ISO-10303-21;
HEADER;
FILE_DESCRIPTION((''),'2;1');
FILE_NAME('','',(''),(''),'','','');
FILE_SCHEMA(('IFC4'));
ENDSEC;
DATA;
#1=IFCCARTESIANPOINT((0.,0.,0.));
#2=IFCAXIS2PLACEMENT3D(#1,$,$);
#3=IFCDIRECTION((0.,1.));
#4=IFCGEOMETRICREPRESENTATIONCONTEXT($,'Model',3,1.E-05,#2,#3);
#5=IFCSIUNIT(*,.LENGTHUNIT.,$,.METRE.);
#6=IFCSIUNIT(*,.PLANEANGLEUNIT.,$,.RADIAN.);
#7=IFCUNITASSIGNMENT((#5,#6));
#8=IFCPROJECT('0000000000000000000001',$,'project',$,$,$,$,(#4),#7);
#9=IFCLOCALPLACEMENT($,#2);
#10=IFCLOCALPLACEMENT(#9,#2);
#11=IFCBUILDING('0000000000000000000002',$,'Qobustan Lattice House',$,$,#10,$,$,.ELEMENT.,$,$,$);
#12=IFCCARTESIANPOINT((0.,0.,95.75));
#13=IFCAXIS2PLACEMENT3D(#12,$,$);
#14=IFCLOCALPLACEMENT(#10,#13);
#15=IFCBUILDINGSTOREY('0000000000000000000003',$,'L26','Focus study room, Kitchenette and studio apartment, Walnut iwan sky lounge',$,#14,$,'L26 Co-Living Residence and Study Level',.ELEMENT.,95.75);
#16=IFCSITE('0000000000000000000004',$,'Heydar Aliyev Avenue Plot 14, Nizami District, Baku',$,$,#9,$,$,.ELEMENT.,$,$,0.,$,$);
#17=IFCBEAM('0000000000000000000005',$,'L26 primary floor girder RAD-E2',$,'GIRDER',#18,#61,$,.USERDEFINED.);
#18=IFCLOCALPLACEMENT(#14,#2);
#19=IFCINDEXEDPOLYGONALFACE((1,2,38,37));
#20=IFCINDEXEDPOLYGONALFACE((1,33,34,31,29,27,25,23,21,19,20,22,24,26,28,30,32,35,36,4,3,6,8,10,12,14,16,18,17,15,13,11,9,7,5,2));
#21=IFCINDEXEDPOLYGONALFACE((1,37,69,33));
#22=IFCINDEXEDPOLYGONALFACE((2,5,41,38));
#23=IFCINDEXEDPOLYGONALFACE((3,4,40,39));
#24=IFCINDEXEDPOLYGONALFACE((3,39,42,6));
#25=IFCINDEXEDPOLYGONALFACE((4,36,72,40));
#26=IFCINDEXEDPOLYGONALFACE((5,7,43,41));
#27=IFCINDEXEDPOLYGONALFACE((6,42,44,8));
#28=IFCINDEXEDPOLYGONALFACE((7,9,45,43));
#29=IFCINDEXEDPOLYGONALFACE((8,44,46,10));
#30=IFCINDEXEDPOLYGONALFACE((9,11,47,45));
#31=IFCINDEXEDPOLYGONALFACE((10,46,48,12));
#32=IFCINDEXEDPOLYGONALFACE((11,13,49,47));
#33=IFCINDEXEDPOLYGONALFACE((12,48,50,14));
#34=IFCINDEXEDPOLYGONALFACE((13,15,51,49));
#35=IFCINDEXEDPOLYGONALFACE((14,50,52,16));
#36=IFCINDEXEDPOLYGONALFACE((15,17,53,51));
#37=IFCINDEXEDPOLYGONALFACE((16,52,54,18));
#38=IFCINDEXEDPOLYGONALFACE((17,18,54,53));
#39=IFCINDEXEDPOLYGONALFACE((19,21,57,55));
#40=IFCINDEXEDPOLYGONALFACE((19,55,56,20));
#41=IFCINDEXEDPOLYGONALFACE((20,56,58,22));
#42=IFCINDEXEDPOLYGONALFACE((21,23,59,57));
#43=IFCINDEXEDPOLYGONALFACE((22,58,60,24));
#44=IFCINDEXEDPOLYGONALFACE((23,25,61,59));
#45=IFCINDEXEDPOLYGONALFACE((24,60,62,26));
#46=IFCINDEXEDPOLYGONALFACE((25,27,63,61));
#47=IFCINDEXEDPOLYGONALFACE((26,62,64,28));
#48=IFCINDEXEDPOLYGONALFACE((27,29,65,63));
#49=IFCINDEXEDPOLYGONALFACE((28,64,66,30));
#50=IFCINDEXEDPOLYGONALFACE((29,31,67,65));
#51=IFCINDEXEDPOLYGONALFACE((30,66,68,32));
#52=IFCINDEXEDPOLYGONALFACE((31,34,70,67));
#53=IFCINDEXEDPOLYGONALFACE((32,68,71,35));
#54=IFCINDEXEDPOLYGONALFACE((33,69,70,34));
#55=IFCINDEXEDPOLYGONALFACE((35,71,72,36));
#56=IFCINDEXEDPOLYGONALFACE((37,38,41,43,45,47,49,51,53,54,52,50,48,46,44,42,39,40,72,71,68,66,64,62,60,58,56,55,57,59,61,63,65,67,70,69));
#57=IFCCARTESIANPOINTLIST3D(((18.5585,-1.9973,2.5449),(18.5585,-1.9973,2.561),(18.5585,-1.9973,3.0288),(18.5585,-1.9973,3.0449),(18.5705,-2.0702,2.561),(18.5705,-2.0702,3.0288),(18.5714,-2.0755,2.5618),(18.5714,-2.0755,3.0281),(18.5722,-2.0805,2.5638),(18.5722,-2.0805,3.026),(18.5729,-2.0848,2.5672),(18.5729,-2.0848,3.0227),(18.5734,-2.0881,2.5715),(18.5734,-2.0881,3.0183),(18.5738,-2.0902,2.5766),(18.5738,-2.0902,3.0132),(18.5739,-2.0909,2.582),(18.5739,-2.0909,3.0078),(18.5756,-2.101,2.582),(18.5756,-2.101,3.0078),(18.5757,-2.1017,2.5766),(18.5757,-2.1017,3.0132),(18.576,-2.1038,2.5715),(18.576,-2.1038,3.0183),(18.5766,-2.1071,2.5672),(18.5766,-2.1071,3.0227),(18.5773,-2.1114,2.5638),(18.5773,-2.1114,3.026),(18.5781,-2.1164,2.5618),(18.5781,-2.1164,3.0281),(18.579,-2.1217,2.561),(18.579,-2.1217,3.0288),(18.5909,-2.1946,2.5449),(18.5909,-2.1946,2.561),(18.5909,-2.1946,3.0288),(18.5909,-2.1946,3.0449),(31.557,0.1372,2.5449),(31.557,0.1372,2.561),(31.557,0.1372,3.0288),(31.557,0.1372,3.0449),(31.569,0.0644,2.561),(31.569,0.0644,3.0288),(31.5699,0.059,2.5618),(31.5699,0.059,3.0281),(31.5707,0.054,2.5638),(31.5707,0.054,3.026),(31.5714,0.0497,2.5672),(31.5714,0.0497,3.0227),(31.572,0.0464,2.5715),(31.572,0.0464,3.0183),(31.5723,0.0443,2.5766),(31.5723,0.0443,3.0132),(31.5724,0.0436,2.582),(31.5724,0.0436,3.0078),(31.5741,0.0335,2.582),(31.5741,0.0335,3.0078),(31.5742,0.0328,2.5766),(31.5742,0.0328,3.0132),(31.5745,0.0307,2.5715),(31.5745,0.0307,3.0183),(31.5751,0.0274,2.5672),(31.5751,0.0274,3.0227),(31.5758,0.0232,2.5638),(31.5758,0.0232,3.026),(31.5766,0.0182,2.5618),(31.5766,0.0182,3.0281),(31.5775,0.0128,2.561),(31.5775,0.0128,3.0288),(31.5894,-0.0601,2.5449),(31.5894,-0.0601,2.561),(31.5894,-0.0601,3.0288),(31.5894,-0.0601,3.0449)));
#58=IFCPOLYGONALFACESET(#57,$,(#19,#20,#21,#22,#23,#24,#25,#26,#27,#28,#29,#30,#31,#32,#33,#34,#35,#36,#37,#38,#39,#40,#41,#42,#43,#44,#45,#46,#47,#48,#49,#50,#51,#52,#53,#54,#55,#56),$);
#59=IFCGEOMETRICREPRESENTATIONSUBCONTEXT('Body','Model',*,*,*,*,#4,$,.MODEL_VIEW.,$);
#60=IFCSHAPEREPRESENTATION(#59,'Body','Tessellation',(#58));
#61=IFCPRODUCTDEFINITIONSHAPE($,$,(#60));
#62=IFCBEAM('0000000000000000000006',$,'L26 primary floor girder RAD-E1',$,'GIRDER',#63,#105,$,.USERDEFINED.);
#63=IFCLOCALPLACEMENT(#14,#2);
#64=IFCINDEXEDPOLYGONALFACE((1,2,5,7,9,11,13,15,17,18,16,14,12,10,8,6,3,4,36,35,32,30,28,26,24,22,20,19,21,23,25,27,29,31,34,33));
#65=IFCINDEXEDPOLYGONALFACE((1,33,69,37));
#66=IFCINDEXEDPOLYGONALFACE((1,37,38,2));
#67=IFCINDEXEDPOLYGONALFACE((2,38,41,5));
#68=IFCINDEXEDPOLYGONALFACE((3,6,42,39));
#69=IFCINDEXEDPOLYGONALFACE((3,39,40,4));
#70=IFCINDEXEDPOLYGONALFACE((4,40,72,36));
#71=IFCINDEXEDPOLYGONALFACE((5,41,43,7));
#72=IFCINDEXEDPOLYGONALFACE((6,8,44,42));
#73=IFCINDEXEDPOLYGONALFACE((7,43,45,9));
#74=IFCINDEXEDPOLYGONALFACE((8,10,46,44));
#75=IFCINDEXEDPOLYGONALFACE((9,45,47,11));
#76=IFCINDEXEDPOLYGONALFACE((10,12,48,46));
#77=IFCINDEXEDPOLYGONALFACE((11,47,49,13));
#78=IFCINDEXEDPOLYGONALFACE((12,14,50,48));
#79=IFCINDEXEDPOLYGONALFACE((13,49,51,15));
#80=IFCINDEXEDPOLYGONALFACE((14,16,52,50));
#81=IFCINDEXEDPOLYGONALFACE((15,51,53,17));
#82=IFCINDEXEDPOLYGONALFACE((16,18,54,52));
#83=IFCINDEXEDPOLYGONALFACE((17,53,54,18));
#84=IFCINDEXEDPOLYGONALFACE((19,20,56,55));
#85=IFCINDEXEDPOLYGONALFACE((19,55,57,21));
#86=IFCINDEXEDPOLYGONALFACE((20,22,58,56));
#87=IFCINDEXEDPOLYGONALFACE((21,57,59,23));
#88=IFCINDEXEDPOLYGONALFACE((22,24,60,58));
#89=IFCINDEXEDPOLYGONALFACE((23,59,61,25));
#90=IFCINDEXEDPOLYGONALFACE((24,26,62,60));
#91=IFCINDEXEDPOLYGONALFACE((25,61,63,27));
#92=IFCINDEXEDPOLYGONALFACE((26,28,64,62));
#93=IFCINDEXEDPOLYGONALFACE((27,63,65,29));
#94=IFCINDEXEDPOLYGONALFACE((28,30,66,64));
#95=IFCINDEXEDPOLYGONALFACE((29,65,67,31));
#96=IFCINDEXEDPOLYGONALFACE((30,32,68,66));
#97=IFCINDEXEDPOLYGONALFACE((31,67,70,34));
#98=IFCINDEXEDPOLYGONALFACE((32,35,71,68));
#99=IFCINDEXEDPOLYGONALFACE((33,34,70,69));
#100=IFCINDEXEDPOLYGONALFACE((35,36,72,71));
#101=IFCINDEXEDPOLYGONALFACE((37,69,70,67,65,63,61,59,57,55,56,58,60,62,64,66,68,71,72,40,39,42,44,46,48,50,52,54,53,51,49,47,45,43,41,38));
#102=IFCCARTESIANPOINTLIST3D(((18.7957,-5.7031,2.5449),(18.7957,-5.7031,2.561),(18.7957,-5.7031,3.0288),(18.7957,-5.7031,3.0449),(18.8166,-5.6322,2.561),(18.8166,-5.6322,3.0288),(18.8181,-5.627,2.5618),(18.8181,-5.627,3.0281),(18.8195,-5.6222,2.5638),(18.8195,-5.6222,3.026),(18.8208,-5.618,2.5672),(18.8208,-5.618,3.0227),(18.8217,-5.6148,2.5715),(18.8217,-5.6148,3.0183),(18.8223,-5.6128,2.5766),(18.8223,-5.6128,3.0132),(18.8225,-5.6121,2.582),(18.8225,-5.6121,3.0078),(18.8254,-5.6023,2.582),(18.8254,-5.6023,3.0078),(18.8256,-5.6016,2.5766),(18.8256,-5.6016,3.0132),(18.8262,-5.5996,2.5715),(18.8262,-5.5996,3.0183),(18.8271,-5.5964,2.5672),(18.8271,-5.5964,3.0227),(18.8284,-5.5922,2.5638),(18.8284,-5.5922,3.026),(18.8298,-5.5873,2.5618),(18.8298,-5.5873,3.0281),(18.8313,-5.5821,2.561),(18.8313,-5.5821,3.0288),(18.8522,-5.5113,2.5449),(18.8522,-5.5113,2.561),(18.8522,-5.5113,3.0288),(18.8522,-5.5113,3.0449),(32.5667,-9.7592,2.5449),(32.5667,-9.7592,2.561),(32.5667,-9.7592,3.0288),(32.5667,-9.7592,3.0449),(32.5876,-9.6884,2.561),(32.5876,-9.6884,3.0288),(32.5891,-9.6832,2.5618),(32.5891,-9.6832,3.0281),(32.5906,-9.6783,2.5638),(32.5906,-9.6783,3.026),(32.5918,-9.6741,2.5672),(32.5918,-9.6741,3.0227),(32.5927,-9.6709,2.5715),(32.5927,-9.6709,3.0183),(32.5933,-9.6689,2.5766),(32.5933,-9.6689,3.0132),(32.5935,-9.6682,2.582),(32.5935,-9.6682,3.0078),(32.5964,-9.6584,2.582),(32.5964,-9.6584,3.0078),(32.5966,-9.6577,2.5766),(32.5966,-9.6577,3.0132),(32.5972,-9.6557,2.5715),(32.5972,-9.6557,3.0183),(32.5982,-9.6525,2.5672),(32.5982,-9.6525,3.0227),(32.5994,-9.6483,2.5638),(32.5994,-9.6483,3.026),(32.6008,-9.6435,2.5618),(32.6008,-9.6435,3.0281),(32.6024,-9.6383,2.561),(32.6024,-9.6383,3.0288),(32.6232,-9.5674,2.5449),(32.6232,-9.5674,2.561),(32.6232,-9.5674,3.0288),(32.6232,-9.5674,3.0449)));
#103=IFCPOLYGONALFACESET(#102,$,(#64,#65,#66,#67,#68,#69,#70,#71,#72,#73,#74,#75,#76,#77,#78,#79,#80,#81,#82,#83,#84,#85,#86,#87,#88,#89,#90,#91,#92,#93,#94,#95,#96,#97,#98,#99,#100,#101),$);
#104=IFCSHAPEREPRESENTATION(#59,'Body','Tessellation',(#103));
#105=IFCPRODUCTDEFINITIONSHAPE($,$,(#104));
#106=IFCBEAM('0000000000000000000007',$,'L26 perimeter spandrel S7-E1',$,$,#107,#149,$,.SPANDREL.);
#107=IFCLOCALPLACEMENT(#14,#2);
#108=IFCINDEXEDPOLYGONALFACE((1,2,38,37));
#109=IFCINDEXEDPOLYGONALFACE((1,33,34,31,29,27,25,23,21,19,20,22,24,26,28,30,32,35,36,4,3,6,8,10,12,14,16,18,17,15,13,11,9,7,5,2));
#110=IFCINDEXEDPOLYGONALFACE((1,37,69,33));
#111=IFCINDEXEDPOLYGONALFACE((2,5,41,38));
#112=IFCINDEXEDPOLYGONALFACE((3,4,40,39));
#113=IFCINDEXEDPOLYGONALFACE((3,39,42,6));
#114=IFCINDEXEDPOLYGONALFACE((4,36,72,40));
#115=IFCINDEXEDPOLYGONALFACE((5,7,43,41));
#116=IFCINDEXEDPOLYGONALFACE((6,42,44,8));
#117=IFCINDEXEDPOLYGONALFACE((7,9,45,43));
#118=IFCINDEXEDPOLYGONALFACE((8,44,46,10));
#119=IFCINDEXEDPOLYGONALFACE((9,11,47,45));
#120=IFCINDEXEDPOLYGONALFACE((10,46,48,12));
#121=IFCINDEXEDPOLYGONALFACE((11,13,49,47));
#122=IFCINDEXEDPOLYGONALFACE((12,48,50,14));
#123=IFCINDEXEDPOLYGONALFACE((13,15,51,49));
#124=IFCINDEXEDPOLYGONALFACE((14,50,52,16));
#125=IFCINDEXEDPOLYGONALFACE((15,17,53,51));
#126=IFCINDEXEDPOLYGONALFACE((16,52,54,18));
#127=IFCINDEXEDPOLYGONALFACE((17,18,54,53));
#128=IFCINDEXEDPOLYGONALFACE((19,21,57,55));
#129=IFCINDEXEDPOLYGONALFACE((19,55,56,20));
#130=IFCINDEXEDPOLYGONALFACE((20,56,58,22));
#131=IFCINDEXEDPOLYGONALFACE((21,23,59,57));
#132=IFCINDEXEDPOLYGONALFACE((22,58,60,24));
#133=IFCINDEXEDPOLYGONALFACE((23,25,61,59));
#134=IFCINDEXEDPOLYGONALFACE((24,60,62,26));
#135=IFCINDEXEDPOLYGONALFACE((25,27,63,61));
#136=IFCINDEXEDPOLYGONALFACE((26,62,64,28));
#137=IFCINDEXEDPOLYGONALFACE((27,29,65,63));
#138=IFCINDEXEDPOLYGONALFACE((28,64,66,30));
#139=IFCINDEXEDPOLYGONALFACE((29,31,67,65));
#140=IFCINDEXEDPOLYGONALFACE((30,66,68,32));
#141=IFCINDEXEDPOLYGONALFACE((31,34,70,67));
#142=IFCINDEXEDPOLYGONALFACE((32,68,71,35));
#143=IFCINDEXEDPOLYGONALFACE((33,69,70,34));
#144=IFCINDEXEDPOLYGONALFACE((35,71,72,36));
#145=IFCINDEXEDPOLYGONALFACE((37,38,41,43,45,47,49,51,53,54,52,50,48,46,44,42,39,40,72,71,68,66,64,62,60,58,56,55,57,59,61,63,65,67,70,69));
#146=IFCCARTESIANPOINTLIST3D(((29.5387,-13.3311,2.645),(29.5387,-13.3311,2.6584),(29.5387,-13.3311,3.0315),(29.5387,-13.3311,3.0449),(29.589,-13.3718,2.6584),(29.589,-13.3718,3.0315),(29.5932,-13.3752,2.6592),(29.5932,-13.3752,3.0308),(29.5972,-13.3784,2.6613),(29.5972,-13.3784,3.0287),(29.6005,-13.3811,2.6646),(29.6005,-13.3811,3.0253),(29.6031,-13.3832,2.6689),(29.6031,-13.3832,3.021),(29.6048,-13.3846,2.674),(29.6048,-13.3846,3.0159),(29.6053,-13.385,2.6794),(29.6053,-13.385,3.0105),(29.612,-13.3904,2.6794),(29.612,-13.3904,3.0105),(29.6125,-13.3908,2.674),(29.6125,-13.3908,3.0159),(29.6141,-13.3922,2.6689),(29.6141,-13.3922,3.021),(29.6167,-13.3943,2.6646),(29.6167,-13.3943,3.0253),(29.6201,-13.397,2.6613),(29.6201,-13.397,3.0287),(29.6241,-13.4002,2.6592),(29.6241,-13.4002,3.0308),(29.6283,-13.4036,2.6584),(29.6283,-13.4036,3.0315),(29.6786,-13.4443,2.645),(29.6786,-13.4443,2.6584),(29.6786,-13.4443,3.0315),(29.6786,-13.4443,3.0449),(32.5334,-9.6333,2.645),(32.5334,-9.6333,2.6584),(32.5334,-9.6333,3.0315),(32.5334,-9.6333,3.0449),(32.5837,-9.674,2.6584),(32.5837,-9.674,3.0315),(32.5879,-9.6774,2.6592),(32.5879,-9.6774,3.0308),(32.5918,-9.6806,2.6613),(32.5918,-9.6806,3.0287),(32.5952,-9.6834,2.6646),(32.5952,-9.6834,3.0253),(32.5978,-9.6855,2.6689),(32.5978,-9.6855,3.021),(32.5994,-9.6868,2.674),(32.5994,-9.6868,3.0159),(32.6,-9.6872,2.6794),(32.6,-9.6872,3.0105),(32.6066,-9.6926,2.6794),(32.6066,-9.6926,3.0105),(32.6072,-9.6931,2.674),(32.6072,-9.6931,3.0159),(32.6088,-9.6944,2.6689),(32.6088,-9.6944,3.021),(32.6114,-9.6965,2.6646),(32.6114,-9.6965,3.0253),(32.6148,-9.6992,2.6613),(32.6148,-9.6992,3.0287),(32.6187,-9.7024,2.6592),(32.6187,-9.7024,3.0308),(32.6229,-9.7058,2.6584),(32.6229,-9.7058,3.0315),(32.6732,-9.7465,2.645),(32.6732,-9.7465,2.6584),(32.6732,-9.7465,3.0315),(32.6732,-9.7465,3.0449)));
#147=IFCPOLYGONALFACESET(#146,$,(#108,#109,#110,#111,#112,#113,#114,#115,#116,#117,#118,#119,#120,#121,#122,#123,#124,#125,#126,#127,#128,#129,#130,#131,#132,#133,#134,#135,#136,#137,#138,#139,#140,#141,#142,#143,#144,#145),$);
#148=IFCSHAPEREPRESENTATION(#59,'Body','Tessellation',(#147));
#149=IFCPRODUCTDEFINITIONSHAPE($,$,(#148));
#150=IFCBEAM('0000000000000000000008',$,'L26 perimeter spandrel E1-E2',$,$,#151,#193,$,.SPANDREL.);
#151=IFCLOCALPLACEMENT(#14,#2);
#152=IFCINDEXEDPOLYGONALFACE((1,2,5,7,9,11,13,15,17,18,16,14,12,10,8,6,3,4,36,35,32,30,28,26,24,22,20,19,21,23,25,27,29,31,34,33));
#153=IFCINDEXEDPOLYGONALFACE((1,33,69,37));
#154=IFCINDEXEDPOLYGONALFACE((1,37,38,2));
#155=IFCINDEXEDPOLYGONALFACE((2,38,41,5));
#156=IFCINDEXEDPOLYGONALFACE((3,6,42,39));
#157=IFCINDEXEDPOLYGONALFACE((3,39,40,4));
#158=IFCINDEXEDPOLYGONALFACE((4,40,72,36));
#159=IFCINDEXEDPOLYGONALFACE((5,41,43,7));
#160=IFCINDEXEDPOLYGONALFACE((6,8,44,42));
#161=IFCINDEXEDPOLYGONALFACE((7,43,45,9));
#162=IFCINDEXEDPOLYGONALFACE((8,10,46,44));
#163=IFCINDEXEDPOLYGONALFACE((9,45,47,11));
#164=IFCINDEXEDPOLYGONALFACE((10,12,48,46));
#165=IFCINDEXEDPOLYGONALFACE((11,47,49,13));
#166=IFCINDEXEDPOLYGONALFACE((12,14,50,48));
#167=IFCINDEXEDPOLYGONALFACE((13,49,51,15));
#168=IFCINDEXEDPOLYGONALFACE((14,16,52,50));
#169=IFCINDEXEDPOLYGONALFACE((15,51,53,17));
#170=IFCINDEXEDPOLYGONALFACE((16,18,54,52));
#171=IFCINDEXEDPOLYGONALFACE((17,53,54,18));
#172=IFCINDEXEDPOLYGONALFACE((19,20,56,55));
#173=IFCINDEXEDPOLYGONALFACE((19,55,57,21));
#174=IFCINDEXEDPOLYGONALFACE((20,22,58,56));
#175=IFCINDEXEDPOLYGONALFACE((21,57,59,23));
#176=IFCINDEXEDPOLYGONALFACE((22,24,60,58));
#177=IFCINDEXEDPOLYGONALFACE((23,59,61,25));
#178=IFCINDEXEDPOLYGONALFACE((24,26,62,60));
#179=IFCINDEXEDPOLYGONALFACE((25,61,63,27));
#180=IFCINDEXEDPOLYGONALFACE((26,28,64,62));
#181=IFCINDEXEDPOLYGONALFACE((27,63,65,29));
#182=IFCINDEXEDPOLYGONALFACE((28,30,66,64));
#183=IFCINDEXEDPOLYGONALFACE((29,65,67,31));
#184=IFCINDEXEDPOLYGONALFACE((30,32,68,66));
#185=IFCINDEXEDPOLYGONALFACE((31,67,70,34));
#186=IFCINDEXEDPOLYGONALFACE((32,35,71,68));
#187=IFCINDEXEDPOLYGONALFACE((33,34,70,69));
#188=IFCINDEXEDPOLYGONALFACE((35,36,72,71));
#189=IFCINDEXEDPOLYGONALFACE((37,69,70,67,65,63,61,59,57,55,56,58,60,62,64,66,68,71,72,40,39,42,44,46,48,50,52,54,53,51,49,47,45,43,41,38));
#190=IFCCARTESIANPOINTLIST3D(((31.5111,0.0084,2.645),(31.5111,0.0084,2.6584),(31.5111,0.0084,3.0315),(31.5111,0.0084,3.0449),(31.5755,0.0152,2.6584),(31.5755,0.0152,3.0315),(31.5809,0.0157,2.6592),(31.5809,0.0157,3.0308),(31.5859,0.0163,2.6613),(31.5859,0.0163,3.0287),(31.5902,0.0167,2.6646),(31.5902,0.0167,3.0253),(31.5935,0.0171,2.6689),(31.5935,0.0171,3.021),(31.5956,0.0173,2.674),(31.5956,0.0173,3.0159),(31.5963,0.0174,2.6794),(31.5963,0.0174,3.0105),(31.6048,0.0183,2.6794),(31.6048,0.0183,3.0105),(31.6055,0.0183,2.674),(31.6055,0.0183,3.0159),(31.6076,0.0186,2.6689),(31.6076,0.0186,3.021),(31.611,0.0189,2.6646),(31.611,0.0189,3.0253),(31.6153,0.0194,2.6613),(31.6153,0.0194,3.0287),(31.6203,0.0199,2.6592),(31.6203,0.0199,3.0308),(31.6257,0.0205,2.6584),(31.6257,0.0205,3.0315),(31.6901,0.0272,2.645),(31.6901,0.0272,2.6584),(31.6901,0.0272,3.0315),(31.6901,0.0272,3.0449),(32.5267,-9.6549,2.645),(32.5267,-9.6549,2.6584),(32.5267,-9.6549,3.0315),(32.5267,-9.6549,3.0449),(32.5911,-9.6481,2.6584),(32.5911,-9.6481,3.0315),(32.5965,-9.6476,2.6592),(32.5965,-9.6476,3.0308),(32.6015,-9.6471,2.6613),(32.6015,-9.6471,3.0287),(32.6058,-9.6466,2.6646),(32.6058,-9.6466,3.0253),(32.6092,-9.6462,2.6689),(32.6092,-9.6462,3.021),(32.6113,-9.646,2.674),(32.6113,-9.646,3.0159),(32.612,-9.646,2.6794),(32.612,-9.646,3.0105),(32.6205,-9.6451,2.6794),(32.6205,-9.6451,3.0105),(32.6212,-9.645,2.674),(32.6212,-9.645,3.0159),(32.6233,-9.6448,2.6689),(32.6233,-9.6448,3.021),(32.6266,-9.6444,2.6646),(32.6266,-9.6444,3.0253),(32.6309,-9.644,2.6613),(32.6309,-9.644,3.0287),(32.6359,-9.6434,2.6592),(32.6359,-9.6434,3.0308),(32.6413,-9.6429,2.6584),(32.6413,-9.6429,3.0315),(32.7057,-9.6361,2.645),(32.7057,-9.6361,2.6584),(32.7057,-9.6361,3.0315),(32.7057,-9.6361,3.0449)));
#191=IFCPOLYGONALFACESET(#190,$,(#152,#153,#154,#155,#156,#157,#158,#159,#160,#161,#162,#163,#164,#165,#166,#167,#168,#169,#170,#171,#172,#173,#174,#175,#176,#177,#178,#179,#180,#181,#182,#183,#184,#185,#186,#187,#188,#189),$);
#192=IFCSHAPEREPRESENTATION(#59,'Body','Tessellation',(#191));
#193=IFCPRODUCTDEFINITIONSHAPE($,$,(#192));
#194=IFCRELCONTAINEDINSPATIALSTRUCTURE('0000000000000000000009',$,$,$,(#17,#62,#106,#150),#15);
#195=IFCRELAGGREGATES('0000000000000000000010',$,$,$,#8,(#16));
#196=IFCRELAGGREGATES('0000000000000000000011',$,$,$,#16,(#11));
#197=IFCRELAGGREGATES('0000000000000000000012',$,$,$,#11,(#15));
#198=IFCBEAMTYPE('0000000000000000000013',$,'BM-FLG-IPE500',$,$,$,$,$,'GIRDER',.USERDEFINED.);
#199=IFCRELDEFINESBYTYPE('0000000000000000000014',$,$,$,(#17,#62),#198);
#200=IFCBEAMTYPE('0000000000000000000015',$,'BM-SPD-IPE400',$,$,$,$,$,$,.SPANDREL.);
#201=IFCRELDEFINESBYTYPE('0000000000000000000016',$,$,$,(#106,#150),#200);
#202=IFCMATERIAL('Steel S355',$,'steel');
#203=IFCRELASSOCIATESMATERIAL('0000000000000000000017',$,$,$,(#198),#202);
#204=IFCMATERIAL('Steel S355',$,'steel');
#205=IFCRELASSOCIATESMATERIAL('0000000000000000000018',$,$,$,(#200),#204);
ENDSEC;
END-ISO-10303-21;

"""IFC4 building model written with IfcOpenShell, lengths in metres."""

from ifc_helpers import new_model, si_unit, direction, frame, origin, origin_2d, place, context, subcontext, project, spatial, i_section, extrude, material, material_profile, profile_set, type_object, element, save


model = new_model("IFC4")

# Units and contexts
model_context = context("Model", 3, precision=1e-05, world=origin(), true_north=direction((0.0, 1.0)))
body_context = subcontext(model_context, "Body", "Model", "MODEL_VIEW")
ifc_project = project(units=[si_unit("LENGTHUNIT", "METRE"), si_unit("PLANEANGLEUNIT", "RADIAN")], contexts=[model_context])

# Site, building, storey
site_placement = place(None, origin())
site = spatial("IfcSite", under=ifc_project, at=site_placement, Name="Heydar Aliyev Avenue Plot 14, Nizami District, Baku", CompositionType="ELEMENT", RefElevation=0.0)
building_placement = place(site_placement, origin())
building = spatial("IfcBuilding", under=site, at=building_placement, Name="Qobustan Lattice House", CompositionType="ELEMENT")
storey_placement = place(building_placement, frame((0.0, 0.0, 95.75)))
storey = spatial("IfcBuildingStorey", under=building, at=storey_placement, Name="L26", Description="Focus study room, Kitchenette and studio apartment, Walnut iwan sky lounge", LongName="L26 Co-Living Residence and Study Level", CompositionType="ELEMENT", Elevation=95.75)

# Beams
ifc_material_1 = material(Name="Steel S355", Category="steel")
ifc_material_profile_1 = material_profile(ifc_material_1, i_section(OverallWidth=0.2, OverallDepth=0.5, WebThickness=0.0103, FlangeThickness=0.0161, FilletRadius=0.021, at=origin_2d()), Name="IPE500")
ifc_profile_set_1 = profile_set([ifc_material_profile_1], Name="Steel S355")
beam_type_1 = type_object("IfcBeamType", Name="BM-FLG-IPE500", ElementType="GIRDER", PredefinedType="USERDEFINED", material=ifc_profile_set_1)
beam_1_placement = place(storey_placement, frame((31.5732, 0.0386, 2.7949), z_axis=(-0.986784, -0.162042, 0.0), x_axis=(0.162042, -0.986784, 0.0)))
element("IfcBeam", 1, at=beam_1_placement, inside=storey, type_object=beam_type_1, Name="L26 primary floor girder RAD-E2", ObjectType="GIRDER", PredefinedType="USERDEFINED", context=body_context, shape_type="SweptSolid", body=[
    extrude(i_section(OverallWidth=0.2, OverallDepth=0.5, WebThickness=0.0103, FlangeThickness=0.0161, FilletRadius=0.021, at=origin_2d()), origin(), (0.0, 0.0, 1.0), 13.1726),
])
beam_2_placement = place(storey_placement, frame((32.595, -9.6633, 2.7949), z_axis=(-0.959255, 0.282542, 0.0), x_axis=(-0.282542, -0.959255, 0.0)))
element("IfcBeam", 2, at=beam_2_placement, inside=storey, type_object=beam_type_1, Name="L26 primary floor girder RAD-E1", ObjectType="GIRDER", PredefinedType="USERDEFINED", context=body_context, shape_type="SweptSolid", body=[
    extrude(i_section(OverallWidth=0.2, OverallDepth=0.5, WebThickness=0.0103, FlangeThickness=0.0161, FilletRadius=0.021, at=origin_2d()), origin(), (0.0, 0.0, 1.0), 14.356),
])
ifc_material_2 = material(Name="Steel S355", Category="steel")
ifc_material_profile_2 = material_profile(ifc_material_2, i_section(OverallWidth=0.1799, OverallDepth=0.3999, WebThickness=0.0085, FlangeThickness=0.0134, FilletRadius=0.021, at=origin_2d()), Name="IPE400")
ifc_profile_set_2 = profile_set([ifc_material_profile_2], Name="Steel S355")
beam_type_2 = type_object("IfcBeamType", Name="BM-SPD-IPE400", PredefinedType="SPANDREL", material=ifc_profile_set_2)
beam_3_placement = place(storey_placement, frame((29.6086, -13.3877, 2.845), z_axis=(0.629352, 0.777121, 0.0), x_axis=(-0.777121, 0.629352, 0.0)))
element("IfcBeam", 3, at=beam_3_placement, inside=storey, type_object=beam_type_2, Name="L26 perimeter spandrel S7-E1", PredefinedType="SPANDREL", context=body_context, shape_type="SweptSolid", body=[
    extrude(i_section(OverallWidth=0.1799, OverallDepth=0.3999, WebThickness=0.0085, FlangeThickness=0.0134, FilletRadius=0.021, at=origin_2d()), origin(), (0.0, 0.0, 1.0), 4.7583),
])
beam_4_placement = place(storey_placement, frame((32.6162, -9.6455, 2.845), z_axis=(-0.104525, 0.994522, 0.0), x_axis=(-0.994522, -0.104525, 0.0)))
element("IfcBeam", 4, at=beam_4_placement, inside=storey, type_object=beam_type_2, Name="L26 perimeter spandrel E1-E2", PredefinedType="SPANDREL", context=body_context, shape_type="SweptSolid", body=[
    extrude(i_section(OverallWidth=0.1799, OverallDepth=0.3999, WebThickness=0.0085, FlangeThickness=0.0134, FilletRadius=0.021, at=origin_2d()), origin(), (0.0, 0.0, 1.0), 9.7166),
])

save(model, "model.ifc")
